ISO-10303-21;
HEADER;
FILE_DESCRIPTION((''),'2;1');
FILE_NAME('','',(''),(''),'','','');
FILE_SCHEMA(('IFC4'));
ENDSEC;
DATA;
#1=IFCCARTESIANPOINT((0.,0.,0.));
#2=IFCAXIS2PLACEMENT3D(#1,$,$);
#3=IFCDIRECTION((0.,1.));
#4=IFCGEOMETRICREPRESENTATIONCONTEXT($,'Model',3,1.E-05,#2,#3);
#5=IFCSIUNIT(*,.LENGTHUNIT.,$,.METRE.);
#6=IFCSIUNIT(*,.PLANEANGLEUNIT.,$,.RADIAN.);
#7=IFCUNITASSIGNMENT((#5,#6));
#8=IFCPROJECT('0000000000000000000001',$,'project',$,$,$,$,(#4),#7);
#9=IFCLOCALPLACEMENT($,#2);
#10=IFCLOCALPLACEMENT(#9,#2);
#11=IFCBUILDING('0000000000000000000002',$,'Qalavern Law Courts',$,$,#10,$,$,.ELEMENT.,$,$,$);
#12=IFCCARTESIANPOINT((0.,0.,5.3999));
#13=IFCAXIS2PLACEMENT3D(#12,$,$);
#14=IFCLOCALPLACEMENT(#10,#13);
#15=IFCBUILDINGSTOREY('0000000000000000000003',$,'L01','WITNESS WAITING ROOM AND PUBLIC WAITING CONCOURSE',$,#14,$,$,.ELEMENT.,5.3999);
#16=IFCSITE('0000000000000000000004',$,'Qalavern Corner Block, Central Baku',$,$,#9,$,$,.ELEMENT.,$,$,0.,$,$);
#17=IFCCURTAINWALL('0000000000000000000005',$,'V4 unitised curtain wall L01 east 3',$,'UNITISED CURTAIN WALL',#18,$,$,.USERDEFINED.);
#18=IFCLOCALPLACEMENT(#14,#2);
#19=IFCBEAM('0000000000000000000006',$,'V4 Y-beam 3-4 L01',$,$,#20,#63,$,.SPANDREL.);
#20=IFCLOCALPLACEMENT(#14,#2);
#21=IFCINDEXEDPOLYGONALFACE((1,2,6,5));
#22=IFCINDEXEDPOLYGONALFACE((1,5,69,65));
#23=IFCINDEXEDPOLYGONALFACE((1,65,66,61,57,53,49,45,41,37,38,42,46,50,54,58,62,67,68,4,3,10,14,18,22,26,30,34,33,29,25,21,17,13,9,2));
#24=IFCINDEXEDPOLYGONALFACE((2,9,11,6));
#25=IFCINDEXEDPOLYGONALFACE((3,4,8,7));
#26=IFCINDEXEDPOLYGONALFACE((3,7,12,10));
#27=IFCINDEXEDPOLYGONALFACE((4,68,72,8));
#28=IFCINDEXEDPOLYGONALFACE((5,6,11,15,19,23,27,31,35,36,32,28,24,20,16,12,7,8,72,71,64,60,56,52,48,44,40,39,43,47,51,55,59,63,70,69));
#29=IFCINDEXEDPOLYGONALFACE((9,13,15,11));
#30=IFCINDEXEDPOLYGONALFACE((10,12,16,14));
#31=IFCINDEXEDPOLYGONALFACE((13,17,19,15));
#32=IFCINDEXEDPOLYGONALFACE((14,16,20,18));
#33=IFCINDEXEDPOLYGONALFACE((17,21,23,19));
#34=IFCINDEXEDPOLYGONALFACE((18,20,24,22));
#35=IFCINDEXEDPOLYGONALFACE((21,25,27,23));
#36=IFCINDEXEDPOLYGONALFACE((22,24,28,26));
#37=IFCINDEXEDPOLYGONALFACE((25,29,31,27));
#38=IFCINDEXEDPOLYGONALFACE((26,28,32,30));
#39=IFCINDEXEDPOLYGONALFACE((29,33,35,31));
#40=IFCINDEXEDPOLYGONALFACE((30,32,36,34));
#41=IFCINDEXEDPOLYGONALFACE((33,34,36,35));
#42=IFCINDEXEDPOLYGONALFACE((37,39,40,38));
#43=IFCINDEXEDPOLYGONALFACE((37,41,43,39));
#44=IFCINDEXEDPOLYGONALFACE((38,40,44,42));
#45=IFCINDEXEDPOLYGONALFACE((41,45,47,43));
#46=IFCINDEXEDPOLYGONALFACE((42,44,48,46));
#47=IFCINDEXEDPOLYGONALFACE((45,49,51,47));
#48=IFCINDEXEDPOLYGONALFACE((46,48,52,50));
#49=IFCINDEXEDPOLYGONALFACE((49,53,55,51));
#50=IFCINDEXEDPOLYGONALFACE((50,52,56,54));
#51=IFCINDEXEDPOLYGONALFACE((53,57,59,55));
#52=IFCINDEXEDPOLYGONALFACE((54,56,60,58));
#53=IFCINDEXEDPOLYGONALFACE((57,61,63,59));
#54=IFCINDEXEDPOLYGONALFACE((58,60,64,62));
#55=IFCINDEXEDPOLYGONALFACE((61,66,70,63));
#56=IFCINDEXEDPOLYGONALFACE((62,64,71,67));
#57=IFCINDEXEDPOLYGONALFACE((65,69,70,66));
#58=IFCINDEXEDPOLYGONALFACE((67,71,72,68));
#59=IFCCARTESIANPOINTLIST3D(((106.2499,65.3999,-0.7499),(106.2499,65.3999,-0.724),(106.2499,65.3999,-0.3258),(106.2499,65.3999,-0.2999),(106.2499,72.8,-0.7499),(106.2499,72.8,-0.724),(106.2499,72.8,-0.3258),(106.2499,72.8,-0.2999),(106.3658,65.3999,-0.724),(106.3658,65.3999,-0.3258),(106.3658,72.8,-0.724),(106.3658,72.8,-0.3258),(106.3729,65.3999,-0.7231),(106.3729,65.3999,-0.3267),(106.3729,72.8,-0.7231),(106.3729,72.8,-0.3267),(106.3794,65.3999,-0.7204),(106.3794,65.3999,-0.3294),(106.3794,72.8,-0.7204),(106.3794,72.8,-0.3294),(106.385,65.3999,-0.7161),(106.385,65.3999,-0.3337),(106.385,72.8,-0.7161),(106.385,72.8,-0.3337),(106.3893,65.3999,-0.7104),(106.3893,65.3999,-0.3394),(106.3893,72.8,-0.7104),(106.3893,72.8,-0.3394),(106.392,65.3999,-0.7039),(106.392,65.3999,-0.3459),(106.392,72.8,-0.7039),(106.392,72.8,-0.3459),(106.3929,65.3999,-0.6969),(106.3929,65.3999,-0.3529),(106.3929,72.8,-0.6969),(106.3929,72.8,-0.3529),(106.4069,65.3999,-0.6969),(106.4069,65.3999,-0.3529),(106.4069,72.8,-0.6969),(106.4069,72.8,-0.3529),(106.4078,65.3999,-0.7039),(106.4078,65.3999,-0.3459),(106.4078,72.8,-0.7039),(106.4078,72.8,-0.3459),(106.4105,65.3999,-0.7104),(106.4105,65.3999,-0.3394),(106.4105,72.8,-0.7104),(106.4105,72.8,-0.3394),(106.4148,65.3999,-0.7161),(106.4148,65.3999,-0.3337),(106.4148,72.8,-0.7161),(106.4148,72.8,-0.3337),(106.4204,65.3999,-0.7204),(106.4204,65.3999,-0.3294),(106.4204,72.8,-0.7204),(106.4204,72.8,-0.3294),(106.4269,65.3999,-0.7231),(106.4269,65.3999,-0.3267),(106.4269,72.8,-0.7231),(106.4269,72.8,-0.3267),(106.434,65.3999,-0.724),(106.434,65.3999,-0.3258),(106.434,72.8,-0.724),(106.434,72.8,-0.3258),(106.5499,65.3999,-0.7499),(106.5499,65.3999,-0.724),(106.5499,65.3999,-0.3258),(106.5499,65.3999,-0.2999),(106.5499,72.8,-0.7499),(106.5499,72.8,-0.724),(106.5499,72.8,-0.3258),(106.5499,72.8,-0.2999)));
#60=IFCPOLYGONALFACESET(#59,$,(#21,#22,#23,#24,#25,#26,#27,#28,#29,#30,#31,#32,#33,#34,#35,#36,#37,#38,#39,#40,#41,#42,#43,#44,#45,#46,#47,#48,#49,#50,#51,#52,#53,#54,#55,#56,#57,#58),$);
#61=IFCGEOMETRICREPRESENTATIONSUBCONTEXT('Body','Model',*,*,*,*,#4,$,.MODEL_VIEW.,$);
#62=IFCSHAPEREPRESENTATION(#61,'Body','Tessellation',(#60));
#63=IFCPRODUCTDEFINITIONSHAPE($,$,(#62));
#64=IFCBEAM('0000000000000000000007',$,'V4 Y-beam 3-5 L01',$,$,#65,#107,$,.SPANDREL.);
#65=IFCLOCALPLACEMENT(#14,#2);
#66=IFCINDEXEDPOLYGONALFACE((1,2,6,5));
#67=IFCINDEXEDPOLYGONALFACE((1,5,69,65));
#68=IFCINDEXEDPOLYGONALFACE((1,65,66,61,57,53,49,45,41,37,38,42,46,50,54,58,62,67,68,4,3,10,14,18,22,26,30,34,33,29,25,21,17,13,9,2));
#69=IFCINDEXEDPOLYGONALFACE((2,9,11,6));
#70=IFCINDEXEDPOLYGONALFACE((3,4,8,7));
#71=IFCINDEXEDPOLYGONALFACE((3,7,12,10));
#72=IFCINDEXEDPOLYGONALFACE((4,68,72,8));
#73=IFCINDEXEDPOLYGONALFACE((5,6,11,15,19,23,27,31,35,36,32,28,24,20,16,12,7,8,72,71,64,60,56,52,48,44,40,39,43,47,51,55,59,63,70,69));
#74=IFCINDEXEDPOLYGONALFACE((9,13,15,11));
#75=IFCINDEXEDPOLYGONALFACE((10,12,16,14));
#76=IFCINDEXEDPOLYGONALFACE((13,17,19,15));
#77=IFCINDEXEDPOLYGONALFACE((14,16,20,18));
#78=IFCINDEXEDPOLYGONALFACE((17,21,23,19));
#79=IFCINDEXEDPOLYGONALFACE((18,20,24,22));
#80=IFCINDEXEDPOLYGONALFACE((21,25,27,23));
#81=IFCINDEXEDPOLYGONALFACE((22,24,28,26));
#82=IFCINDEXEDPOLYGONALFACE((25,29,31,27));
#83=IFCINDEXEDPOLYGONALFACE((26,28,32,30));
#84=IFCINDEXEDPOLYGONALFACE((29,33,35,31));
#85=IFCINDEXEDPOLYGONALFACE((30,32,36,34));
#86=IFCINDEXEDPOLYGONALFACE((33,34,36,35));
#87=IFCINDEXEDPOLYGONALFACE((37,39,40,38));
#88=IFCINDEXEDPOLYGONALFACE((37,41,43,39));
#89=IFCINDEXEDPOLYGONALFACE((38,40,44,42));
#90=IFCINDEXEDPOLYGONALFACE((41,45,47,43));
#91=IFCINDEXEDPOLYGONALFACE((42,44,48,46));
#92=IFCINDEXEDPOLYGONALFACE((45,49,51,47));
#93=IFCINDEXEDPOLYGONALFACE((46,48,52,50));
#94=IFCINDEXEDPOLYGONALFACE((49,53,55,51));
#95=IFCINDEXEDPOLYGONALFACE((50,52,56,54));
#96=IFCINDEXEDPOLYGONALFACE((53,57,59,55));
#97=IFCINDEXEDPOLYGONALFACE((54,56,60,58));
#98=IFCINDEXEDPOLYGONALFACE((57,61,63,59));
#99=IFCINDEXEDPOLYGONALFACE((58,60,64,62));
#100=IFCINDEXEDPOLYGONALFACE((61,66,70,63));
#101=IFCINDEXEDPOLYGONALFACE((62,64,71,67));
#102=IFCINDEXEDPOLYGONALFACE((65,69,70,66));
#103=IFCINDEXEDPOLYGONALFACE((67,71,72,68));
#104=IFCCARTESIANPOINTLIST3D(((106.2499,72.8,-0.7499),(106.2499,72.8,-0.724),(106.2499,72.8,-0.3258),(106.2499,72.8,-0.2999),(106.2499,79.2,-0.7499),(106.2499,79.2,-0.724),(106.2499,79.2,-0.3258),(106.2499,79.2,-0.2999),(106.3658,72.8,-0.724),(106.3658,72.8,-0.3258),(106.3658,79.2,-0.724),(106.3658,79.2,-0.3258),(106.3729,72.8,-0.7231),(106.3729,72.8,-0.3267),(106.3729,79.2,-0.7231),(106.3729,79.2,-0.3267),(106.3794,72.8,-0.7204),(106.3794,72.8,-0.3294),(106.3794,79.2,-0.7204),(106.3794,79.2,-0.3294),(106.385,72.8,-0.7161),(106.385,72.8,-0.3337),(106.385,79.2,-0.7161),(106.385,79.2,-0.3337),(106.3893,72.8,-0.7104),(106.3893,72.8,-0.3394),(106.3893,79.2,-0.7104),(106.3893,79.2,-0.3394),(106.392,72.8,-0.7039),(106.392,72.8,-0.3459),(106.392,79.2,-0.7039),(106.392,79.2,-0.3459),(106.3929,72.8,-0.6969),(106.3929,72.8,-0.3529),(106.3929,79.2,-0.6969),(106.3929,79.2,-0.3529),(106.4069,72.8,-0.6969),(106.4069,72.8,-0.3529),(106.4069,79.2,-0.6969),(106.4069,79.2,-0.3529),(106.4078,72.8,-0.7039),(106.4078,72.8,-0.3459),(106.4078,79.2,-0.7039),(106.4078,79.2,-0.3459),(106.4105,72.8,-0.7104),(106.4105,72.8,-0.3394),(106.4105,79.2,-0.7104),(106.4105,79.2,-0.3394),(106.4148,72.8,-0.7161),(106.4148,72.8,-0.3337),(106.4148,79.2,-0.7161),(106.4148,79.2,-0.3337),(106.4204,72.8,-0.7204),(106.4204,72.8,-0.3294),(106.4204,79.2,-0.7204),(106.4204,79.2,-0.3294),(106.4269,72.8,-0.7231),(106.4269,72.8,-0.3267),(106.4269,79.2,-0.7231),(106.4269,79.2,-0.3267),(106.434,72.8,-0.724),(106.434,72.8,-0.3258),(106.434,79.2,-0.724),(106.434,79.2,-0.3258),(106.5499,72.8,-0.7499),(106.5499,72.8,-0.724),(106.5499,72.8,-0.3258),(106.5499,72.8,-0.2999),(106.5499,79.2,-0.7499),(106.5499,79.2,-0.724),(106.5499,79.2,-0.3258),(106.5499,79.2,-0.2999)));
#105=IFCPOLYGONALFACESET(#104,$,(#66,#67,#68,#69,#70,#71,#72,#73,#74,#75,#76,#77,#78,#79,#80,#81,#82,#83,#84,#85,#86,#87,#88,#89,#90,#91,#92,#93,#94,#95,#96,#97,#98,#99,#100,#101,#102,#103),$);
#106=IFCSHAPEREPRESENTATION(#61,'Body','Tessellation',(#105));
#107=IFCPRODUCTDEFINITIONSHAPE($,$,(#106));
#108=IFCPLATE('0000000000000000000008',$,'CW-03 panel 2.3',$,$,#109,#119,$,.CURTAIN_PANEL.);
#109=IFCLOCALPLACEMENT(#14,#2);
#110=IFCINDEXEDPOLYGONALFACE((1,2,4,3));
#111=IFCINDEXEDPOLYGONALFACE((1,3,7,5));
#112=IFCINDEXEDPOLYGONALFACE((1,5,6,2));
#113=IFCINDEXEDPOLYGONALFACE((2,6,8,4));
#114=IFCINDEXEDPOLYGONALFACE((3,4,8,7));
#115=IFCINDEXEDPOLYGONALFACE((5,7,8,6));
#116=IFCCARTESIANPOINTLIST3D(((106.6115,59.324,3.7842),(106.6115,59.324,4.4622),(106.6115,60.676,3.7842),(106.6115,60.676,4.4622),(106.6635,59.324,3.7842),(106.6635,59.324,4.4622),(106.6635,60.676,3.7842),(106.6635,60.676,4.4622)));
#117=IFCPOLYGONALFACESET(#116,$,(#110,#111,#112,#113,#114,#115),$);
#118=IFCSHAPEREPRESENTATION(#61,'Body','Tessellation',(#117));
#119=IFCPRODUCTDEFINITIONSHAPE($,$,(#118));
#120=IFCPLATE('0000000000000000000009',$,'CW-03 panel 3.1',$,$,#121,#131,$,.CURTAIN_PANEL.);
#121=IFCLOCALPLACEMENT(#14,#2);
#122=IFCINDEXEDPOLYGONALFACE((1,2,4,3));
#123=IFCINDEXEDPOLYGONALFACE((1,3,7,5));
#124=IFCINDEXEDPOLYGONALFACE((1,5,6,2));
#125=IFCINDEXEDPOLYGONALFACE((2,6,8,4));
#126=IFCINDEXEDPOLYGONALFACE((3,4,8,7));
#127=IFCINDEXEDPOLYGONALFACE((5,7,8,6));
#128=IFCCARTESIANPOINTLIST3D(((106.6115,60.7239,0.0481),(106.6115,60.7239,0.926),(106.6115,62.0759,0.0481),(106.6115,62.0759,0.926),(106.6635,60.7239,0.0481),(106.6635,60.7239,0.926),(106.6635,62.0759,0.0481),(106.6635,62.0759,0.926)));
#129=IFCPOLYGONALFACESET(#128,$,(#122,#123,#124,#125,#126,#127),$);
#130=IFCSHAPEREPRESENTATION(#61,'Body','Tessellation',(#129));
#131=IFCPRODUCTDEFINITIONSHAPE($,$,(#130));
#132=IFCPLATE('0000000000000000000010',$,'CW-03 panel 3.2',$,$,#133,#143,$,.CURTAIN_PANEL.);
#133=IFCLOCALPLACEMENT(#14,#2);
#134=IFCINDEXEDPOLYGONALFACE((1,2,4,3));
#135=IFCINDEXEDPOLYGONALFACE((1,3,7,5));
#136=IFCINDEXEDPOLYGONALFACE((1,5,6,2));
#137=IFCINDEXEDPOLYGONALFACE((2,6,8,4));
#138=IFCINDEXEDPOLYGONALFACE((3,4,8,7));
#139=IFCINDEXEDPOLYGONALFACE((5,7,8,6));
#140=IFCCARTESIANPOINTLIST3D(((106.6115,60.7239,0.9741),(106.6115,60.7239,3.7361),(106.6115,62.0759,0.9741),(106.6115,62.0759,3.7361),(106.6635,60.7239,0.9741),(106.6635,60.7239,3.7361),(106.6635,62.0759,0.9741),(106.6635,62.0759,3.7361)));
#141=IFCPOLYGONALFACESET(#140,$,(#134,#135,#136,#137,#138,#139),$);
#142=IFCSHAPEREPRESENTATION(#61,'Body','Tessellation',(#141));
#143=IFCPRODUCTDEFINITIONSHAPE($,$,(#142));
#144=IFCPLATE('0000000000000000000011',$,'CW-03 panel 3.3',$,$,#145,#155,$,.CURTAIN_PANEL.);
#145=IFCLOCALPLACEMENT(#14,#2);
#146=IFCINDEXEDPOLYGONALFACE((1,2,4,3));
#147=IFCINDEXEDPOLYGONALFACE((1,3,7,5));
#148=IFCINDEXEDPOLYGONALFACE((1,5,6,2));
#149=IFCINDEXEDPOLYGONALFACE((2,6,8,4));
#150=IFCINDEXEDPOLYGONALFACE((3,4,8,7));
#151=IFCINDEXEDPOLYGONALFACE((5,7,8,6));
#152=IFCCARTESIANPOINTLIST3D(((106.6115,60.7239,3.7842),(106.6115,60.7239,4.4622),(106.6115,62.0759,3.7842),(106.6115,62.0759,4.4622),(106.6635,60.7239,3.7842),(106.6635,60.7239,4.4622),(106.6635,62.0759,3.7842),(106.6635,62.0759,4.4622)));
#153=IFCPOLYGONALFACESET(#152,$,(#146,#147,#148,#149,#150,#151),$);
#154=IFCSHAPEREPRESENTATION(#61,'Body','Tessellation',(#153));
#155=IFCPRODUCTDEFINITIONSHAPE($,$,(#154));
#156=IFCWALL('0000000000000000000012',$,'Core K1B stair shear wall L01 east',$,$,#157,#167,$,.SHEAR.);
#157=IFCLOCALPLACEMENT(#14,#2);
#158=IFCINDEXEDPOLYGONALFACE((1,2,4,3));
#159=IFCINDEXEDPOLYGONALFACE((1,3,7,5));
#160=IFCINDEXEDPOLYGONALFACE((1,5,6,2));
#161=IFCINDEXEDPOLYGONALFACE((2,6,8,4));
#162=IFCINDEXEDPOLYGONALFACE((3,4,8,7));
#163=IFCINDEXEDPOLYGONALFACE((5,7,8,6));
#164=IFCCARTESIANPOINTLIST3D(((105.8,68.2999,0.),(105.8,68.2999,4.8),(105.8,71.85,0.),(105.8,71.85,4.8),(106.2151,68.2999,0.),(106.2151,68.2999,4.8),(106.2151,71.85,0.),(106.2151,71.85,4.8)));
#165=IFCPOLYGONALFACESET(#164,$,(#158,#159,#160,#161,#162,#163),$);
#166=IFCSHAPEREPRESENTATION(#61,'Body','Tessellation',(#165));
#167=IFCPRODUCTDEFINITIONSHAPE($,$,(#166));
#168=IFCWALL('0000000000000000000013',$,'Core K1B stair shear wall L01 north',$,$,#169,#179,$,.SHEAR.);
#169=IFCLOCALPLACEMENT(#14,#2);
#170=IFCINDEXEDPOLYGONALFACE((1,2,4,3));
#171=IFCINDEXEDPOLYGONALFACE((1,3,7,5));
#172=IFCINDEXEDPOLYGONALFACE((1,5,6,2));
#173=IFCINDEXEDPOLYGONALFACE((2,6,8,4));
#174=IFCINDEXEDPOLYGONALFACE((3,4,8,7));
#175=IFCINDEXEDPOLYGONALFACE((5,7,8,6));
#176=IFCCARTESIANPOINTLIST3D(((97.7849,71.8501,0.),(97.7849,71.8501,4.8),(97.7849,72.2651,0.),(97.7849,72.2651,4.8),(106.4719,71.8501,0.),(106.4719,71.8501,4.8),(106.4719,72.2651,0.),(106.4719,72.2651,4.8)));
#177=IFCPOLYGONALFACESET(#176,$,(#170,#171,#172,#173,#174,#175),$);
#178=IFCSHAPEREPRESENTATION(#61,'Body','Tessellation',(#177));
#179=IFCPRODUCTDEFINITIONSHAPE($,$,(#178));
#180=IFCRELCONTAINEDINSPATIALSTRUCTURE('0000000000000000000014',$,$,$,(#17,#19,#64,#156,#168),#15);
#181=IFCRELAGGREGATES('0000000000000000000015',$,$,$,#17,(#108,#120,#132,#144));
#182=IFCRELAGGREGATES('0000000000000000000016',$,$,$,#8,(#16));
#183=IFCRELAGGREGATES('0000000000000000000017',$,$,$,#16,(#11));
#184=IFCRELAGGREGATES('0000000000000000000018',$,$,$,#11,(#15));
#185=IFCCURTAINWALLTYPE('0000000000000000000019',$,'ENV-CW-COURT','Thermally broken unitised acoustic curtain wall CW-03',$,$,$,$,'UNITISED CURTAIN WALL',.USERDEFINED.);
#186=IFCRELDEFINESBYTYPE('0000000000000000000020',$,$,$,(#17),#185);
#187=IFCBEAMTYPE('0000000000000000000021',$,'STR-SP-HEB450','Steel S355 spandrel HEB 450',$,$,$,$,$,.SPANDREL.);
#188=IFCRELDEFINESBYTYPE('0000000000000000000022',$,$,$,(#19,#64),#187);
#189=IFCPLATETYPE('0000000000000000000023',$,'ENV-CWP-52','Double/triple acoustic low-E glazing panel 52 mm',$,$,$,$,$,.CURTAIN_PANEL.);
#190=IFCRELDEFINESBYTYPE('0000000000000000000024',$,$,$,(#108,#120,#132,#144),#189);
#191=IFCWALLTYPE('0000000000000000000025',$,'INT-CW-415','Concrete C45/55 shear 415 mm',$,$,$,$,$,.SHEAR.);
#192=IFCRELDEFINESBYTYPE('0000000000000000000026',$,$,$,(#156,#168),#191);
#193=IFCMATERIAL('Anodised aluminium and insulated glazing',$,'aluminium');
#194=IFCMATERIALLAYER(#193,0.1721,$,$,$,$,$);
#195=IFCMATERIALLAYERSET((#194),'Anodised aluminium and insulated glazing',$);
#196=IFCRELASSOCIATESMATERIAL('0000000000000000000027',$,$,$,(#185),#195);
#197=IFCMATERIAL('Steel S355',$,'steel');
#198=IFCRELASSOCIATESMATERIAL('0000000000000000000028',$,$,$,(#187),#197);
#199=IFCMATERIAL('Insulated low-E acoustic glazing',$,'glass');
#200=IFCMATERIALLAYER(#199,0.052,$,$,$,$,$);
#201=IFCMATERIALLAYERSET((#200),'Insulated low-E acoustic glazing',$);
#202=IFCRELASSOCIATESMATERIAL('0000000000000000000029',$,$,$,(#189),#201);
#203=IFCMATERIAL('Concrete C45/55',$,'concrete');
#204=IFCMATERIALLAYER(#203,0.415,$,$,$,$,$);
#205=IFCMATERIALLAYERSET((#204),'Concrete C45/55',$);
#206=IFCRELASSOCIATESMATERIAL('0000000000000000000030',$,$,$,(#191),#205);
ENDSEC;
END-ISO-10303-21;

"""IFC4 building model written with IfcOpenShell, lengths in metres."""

from ifc_helpers import new_model, si_unit, direction, frame, frame_2d, origin, origin_2d, place, context, subcontext, project, spatial, rectangle, i_section, extrude, material, layer, layer_set, material_profile, profile_set, type_object, element, aggregate, save


model = new_model("IFC4")

# Units and contexts
model_context = context("Model", 3, precision=1e-05, world=origin(), true_north=direction((0.0, 1.0)))
body_context = subcontext(model_context, "Body", "Model", "MODEL_VIEW")
ifc_project = project(units=[si_unit("LENGTHUNIT", "METRE"), si_unit("PLANEANGLEUNIT", "RADIAN")], contexts=[model_context])

# Site, building, storey
site_placement = place(None, origin())
site = spatial("IfcSite", under=ifc_project, at=site_placement, Name="Qalavern Corner Block, Central Baku", CompositionType="ELEMENT", RefElevation=0.0)
building_placement = place(site_placement, origin())
building = spatial("IfcBuilding", under=site, at=building_placement, Name="Qalavern Law Courts", CompositionType="ELEMENT")
storey_placement = place(building_placement, frame((0.0, 0.0, 5.3999)))
storey = spatial("IfcBuildingStorey", under=building, at=storey_placement, Name="L01", Description="WITNESS WAITING ROOM AND PUBLIC WAITING CONCOURSE", CompositionType="ELEMENT", Elevation=5.3999)

# Shared definitions
ifc_material_1 = material(Name="Concrete C45/55", Category="concrete")

# Curtain wall
ifc_material_2 = material(Name="Anodised aluminium and insulated glazing", Category="aluminium")
ifc_layer_1 = layer(ifc_material_2, 0.1721)
ifc_layer_set_1 = layer_set([ifc_layer_1], Name="Anodised aluminium and insulated glazing")
curtain_wall_type = type_object("IfcCurtainWallType", Name="ENV-CW-COURT", Description="Thermally broken unitised acoustic curtain wall CW-03", ElementType="UNITISED CURTAIN WALL", PredefinedType="USERDEFINED", material=ifc_layer_set_1)
curtain_wall_placement = place(storey_placement, origin())
curtain_wall = element("IfcCurtainWall", 1, at=curtain_wall_placement, inside=storey, type_object=curtain_wall_type, Name="V4 unitised curtain wall L01 east 3", ObjectType="UNITISED CURTAIN WALL", PredefinedType="USERDEFINED")

# Beams
ifc_material_3 = material(Name="Steel S355", Category="steel")
ifc_material_profile_1 = material_profile(ifc_material_3, i_section(OverallWidth=0.3, OverallDepth=0.45, WebThickness=0.0139, FlangeThickness=0.0259, FilletRadius=0.0271, at=origin_2d()), Name="HEB 450")
ifc_profile_set_1 = profile_set([ifc_material_profile_1], Name="Steel S355")
beam_type = type_object("IfcBeamType", Name="STR-SP-HEB450", Description="Steel S355 spandrel HEB 450", PredefinedType="SPANDREL", material=ifc_profile_set_1)
beam_1_placement = place(storey_placement, frame((106.3999, 65.3999, -0.5249), z_axis=(0.0, 1.0, 0.0), x_axis=(-1.0, 0.0, 0.0)))
element("IfcBeam", 2, at=beam_1_placement, inside=storey, type_object=beam_type, Name="V4 Y-beam 3-4 L01", PredefinedType="SPANDREL", context=body_context, shape_type="SweptSolid", body=[
    extrude(i_section(OverallWidth=0.3, OverallDepth=0.45, WebThickness=0.0139, FlangeThickness=0.0259, FilletRadius=0.0271, at=origin_2d()), origin(), (0.0, 0.0, 1.0), 7.4001),
])
beam_2_placement = place(storey_placement, frame((106.3999, 72.8, -0.5249), z_axis=(0.0, 1.0, 0.0), x_axis=(-1.0, 0.0, 0.0)))
element("IfcBeam", 3, at=beam_2_placement, inside=storey, type_object=beam_type, Name="V4 Y-beam 3-5 L01", PredefinedType="SPANDREL", context=body_context, shape_type="SweptSolid", body=[
    extrude(i_section(OverallWidth=0.3, OverallDepth=0.45, WebThickness=0.0139, FlangeThickness=0.0259, FilletRadius=0.0271, at=origin_2d()), origin(), (0.0, 0.0, 1.0), 6.3999),
])

# Plates
ifc_material_4 = material(Name="Insulated low-E acoustic glazing", Category="glass")
ifc_layer_2 = layer(ifc_material_4, 0.052)
ifc_layer_set_2 = layer_set([ifc_layer_2], Name="Insulated low-E acoustic glazing")
plate_type = type_object("IfcPlateType", Name="ENV-CWP-52", Description="Double/triple acoustic low-E glazing panel 52 mm", PredefinedType="CURTAIN_PANEL", material=ifc_layer_set_2)
plate_1_placement = place(storey_placement, frame((106.6375, 60.0, 3.7842), z_axis=(0.0, 0.0, 1.0), x_axis=(0.0, 1.0, 0.0)))
plate_1 = element("IfcPlate", 4, at=plate_1_placement, type_object=plate_type, Name="CW-03 panel 2.3", PredefinedType="CURTAIN_PANEL", context=body_context, shape_type="SweptSolid", body=[
    extrude(rectangle(XDim=1.3521, YDim=0.052, at=origin_2d()), origin(), (0.0, 0.0, 1.0), 0.678),
])
plate_2_placement = place(storey_placement, frame((106.6375, 61.3999, 0.0481), z_axis=(0.0, 0.0, 1.0), x_axis=(0.0, 1.0, 0.0)))
plate_2 = element("IfcPlate", 5, at=plate_2_placement, type_object=plate_type, Name="CW-03 panel 3.1", PredefinedType="CURTAIN_PANEL", context=body_context, shape_type="SweptSolid", body=[
    extrude(rectangle(XDim=1.3521, YDim=0.052, at=origin_2d()), origin(), (0.0, 0.0, 1.0), 0.8779),
])
plate_3_placement = place(storey_placement, frame((106.6375, 61.3999, 0.9741), z_axis=(0.0, 0.0, 1.0), x_axis=(0.0, 1.0, 0.0)))
plate_3 = element("IfcPlate", 6, at=plate_3_placement, type_object=plate_type, Name="CW-03 panel 3.2", PredefinedType="CURTAIN_PANEL", context=body_context, shape_type="SweptSolid", body=[
    extrude(rectangle(XDim=1.3521, YDim=0.052, at=origin_2d()), origin(), (0.0, 0.0, 1.0), 2.762),
])
plate_4_placement = place(storey_placement, frame((106.6375, 61.3999, 3.7842), z_axis=(0.0, 0.0, 1.0), x_axis=(0.0, 1.0, 0.0)))
plate_4 = element("IfcPlate", 7, at=plate_4_placement, type_object=plate_type, Name="CW-03 panel 3.3", PredefinedType="CURTAIN_PANEL", context=body_context, shape_type="SweptSolid", body=[
    extrude(rectangle(XDim=1.3521, YDim=0.052, at=origin_2d()), origin(), (0.0, 0.0, 1.0), 0.678),
])
aggregate(curtain_wall, [plate_1, plate_2, plate_3, plate_4])

# Walls
ifc_layer_3 = layer(ifc_material_1, 0.415)
ifc_layer_set_3 = layer_set([ifc_layer_3], Name="Concrete C45/55")
wall_type = type_object("IfcWallType", Name="INT-CW-415", Description="Concrete C45/55 shear 415 mm", PredefinedType="SHEAR", material=ifc_layer_set_3)
wall_1_placement = place(storey_placement, frame((106.0076, 68.3, 0.0), z_axis=(0.0, 0.0, 1.0), x_axis=(0.0, 1.0, 0.0)))
element("IfcWall", 8, at=wall_1_placement, inside=storey, type_object=wall_type, Name="Core K1B stair shear wall L01 east", PredefinedType="SHEAR", context=body_context, shape_type="SweptSolid", body=[
    extrude(rectangle(XDim=3.55, YDim=0.415, at=frame_2d((1.7749, 0.0))), origin(), (0.0, 0.0, 1.0), 4.8),
])
wall_2_placement = place(storey_placement, frame((106.4719, 72.0576, 0.0), z_axis=(0.0, 0.0, 1.0), x_axis=(-1.0, 0.0, 0.0)))
element("IfcWall", 9, at=wall_2_placement, inside=storey, type_object=wall_type, Name="Core K1B stair shear wall L01 north", PredefinedType="SHEAR", context=body_context, shape_type="SweptSolid", body=[
    extrude(rectangle(XDim=8.687, YDim=0.415, at=frame_2d((4.3435, 0.0))), origin(), (0.0, 0.0, 1.0), 4.8),
])

save(model, "model.ifc")
